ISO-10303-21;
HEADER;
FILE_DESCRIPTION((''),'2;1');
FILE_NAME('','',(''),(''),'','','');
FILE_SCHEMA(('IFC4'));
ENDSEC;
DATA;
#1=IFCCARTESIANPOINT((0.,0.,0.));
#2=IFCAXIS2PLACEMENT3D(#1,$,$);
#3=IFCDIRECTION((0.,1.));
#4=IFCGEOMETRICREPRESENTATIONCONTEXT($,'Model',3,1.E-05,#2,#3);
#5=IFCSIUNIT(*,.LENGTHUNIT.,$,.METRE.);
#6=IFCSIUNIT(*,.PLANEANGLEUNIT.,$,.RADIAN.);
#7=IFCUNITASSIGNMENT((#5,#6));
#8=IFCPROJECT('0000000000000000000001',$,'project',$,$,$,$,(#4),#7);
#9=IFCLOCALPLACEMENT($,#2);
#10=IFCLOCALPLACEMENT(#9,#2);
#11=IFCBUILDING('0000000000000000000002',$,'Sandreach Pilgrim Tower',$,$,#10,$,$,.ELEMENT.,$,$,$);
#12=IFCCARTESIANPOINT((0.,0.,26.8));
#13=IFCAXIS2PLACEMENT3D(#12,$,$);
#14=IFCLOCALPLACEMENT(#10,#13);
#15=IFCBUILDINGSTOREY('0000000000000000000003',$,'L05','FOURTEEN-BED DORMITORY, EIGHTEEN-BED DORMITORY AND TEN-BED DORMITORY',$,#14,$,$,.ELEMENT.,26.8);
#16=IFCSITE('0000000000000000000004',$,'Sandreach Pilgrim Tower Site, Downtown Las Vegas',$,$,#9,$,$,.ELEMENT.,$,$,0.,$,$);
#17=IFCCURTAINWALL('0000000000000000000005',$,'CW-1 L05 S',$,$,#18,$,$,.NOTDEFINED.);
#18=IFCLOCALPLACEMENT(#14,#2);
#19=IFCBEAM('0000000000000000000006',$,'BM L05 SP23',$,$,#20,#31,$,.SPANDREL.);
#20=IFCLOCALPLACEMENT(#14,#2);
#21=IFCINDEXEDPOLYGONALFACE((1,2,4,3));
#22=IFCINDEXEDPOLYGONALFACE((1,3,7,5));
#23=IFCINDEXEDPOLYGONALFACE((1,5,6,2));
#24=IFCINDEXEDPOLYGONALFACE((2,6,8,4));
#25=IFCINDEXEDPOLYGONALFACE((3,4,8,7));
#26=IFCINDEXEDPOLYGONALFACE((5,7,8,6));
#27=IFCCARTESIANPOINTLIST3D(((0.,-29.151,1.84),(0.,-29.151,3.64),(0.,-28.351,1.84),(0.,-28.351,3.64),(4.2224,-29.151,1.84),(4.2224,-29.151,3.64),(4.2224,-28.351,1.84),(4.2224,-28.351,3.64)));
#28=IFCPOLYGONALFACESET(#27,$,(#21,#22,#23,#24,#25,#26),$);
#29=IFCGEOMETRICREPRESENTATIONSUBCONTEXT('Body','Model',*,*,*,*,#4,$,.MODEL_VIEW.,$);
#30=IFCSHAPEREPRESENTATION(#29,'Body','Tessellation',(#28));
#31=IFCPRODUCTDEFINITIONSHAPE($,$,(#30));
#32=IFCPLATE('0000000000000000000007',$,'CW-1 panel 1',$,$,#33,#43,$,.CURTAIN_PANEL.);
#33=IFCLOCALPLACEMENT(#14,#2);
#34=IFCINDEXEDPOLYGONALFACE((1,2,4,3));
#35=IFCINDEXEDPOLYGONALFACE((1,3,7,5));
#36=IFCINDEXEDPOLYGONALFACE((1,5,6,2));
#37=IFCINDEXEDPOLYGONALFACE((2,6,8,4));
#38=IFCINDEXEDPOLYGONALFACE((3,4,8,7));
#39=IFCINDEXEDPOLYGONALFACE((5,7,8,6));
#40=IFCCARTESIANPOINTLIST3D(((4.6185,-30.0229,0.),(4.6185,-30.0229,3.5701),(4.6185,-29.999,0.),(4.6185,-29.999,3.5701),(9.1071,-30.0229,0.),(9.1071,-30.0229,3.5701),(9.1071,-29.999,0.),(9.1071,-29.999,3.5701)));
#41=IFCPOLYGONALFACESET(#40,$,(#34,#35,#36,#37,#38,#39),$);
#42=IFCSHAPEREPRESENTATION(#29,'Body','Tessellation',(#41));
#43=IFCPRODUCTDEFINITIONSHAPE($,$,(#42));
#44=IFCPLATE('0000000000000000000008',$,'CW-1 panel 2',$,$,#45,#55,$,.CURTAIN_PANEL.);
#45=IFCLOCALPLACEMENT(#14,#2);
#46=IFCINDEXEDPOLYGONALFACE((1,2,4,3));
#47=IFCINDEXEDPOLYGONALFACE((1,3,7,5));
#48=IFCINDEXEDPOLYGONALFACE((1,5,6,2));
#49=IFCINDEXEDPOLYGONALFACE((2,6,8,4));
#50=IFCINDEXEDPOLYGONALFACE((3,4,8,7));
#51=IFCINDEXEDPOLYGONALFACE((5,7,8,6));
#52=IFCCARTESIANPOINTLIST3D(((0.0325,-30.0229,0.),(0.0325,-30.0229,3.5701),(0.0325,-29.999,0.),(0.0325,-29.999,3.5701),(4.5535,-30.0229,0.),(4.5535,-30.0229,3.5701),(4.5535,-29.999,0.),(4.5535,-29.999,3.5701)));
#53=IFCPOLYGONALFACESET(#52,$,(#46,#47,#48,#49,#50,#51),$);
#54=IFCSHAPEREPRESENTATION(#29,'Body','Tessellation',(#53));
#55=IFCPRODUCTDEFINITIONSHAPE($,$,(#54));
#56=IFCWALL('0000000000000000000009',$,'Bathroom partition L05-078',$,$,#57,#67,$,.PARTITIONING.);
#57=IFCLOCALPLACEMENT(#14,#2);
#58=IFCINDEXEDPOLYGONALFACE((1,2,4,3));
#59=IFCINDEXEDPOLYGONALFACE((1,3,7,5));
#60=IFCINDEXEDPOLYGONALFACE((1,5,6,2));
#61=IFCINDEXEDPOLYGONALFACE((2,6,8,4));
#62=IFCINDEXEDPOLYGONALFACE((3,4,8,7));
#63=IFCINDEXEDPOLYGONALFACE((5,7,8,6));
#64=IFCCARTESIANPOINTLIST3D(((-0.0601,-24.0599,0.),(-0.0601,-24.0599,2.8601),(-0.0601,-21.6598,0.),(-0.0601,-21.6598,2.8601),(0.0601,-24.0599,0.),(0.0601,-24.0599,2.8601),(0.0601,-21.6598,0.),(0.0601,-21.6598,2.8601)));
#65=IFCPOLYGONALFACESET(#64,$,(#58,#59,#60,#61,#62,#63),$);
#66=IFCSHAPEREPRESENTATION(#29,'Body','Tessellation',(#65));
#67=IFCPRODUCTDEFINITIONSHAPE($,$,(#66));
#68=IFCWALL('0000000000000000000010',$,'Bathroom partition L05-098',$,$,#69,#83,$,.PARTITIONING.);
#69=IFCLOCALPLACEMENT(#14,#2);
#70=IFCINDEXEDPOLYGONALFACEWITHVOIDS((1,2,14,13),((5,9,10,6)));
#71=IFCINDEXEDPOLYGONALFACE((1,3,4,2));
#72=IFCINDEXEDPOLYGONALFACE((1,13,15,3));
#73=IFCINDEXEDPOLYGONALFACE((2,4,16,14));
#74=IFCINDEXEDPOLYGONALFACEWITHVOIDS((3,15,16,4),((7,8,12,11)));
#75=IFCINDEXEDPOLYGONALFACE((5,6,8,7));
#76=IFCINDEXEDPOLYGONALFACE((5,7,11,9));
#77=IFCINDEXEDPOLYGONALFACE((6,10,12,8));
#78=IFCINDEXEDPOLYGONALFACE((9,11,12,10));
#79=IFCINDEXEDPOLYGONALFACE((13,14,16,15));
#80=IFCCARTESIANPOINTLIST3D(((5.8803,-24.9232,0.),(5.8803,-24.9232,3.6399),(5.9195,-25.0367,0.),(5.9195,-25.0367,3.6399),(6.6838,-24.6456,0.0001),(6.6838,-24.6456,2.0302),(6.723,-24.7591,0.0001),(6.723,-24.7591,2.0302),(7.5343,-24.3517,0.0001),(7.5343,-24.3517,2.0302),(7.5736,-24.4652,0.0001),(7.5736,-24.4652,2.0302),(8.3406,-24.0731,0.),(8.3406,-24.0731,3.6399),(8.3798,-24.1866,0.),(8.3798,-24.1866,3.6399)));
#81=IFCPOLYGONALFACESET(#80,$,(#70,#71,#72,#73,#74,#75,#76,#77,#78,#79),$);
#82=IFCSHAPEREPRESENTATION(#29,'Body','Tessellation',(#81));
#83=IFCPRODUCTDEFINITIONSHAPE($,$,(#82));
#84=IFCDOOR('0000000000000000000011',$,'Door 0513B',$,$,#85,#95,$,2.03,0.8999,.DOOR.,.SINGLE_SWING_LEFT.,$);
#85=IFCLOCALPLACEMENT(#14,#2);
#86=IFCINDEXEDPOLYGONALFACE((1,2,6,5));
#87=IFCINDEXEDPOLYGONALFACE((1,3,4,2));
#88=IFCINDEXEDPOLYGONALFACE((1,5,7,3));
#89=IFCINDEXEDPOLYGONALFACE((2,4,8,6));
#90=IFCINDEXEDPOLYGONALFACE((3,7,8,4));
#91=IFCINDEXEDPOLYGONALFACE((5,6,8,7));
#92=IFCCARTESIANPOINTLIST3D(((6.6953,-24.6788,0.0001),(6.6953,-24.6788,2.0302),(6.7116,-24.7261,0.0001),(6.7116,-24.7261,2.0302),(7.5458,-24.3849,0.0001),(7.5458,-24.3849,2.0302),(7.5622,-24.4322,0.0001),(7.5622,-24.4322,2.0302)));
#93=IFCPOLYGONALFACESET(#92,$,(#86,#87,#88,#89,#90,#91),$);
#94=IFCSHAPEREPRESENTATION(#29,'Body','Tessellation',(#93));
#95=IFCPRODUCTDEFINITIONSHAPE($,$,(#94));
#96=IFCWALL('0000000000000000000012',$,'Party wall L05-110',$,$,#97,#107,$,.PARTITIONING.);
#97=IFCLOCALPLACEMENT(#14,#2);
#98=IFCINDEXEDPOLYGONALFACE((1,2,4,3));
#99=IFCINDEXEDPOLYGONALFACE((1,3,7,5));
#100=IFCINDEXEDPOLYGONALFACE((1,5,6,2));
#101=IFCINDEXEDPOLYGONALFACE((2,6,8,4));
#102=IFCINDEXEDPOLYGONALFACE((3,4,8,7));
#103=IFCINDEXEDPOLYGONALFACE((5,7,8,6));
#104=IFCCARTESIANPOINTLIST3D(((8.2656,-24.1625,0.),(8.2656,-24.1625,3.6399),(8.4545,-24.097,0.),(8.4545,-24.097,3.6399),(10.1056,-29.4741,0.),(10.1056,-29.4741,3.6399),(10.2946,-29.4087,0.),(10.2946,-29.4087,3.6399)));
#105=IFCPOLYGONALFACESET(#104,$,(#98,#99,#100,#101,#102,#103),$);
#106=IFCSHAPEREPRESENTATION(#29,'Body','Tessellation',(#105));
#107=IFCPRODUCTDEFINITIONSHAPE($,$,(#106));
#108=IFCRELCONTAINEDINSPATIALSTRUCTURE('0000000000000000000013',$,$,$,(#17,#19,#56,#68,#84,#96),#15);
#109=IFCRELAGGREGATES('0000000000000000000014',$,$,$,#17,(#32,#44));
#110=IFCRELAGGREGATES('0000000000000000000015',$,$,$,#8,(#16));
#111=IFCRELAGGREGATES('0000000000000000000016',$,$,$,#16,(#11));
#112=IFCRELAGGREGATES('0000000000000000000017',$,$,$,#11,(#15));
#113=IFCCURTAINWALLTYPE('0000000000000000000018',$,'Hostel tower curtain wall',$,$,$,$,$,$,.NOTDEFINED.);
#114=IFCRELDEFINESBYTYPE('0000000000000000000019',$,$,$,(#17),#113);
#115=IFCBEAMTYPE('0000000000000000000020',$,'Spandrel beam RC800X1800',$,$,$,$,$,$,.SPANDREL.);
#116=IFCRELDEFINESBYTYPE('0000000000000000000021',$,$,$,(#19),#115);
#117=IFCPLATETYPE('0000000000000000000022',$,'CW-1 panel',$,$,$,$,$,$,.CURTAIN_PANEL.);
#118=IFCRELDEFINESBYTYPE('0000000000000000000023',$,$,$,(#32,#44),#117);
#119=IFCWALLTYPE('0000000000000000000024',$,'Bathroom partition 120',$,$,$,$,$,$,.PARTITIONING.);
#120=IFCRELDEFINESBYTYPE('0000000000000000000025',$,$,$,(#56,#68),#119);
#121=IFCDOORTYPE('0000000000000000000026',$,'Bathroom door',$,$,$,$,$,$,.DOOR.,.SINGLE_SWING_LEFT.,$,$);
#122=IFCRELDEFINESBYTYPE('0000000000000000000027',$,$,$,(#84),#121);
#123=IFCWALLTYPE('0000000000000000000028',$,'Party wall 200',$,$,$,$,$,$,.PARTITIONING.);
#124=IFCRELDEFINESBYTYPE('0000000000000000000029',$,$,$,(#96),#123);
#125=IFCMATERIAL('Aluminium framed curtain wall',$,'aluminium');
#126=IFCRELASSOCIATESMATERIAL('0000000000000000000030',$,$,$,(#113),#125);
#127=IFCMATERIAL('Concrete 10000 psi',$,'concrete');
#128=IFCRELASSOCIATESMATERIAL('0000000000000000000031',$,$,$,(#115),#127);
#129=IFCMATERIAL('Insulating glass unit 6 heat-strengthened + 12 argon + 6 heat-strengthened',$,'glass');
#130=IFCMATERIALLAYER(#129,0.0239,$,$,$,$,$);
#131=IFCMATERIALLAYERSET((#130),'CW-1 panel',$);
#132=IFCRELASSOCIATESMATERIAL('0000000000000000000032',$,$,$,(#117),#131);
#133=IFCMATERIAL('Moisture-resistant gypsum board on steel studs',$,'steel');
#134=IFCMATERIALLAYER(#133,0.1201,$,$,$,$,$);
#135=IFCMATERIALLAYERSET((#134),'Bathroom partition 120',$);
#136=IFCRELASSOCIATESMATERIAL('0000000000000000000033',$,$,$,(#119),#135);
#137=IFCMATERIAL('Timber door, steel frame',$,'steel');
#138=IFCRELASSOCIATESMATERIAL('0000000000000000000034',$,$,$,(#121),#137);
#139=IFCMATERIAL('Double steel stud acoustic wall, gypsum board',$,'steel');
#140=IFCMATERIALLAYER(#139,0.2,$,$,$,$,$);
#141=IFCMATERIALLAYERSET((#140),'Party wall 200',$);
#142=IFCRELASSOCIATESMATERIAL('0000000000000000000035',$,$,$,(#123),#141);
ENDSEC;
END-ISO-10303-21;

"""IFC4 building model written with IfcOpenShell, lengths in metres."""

from ifc_helpers import new_model, si_unit, direction, frame, frame_2d, origin, origin_2d, place, context, subcontext, project, spatial, rectangle, extrude, material, layer, layer_set, material_profile, profile_set, type_object, element, fill, aggregate, save


model = new_model("IFC4")

# Units and contexts
model_context = context("Model", 3, precision=1e-05, world=origin(), true_north=direction((0.0, 1.0)))
body_context = subcontext(model_context, "Body", "Model", "MODEL_VIEW")
ifc_project = project(units=[si_unit("LENGTHUNIT", "METRE"), si_unit("PLANEANGLEUNIT", "RADIAN")], contexts=[model_context])

# Site, building, storey
site_placement = place(None, origin())
site = spatial("IfcSite", under=ifc_project, at=site_placement, Name="Sandreach Pilgrim Tower Site, Downtown Las Vegas", CompositionType="ELEMENT", RefElevation=0.0)
building_placement = place(site_placement, origin())
building = spatial("IfcBuilding", under=site, at=building_placement, Name="Sandreach Pilgrim Tower", CompositionType="ELEMENT")
storey_placement = place(building_placement, frame((0.0, 0.0, 26.8)))
storey = spatial("IfcBuildingStorey", under=building, at=storey_placement, Name="L05", Description="FOURTEEN-BED DORMITORY, EIGHTEEN-BED DORMITORY AND TEN-BED DORMITORY", CompositionType="ELEMENT", Elevation=26.8)

# Curtain wall
ifc_material_1 = material(Name="Aluminium framed curtain wall", Category="aluminium")
curtain_wall_type = type_object("IfcCurtainWallType", Name="Hostel tower curtain wall", PredefinedType="NOTDEFINED", material=ifc_material_1)
curtain_wall_placement = place(storey_placement, origin())
curtain_wall = element("IfcCurtainWall", 1, at=curtain_wall_placement, inside=storey, type_object=curtain_wall_type, Name="CW-1 L05 S", PredefinedType="NOTDEFINED")

# Beam
ifc_material_2 = material(Name="Concrete 10000 psi", Category="concrete")
ifc_material_profile_1 = material_profile(ifc_material_2, rectangle(XDim=0.8, YDim=1.8, at=origin_2d()), Name="RC800X1800")
ifc_profile_set_1 = profile_set([ifc_material_profile_1], Name="Concrete 10000 psi")
beam_type_1 = type_object("IfcBeamType", Name="Spandrel beam RC800X1800", PredefinedType="SPANDREL", material=ifc_profile_set_1)
beam_1_placement = place(storey_placement, frame((4.2224, -28.751, 2.74), z_axis=(-1.0, 0.0, 0.0), x_axis=(0.0, -1.0, 0.0)))
element("IfcBeam", 2, at=beam_1_placement, inside=storey, type_object=beam_type_1, Name="BM L05 SP23", PredefinedType="SPANDREL", context=body_context, shape_type="SweptSolid", body=[
    extrude(rectangle(XDim=0.8, YDim=1.8, at=origin_2d()), origin(), (0.0, 0.0, 1.0), 4.2224),
])

# Plates
ifc_material_3 = material(Name="Insulating glass unit 6 heat-strengthened + 12 argon + 6 heat-strengthened", Category="glass")
ifc_layer_1 = layer(ifc_material_3, 0.0239)
ifc_layer_set_1 = layer_set([ifc_layer_1], Name="CW-1 panel")
plate_type = type_object("IfcPlateType", Name="CW-1 panel", PredefinedType="CURTAIN_PANEL", material=ifc_layer_set_1)
plate_1_placement = place(storey_placement, frame((6.8628, -30.011, 0.0), z_axis=(0.0, 0.0, 1.0), x_axis=(-1.0, 0.0, 0.0)))
plate_1 = element("IfcPlate", 3, at=plate_1_placement, type_object=plate_type, Name="CW-1 panel 1", PredefinedType="CURTAIN_PANEL", context=body_context, shape_type="SweptSolid", body=[
    extrude(rectangle(XDim=4.4885, YDim=0.0239, at=origin_2d()), origin(), (0.0, 0.0, 1.0), 3.5701),
])
plate_2_placement = place(storey_placement, frame((2.293, -30.011, 0.0), z_axis=(0.0, 0.0, 1.0), x_axis=(-1.0, 0.0, 0.0)))
plate_2 = element("IfcPlate", 4, at=plate_2_placement, type_object=plate_type, Name="CW-1 panel 2", PredefinedType="CURTAIN_PANEL", context=body_context, shape_type="SweptSolid", body=[
    extrude(rectangle(XDim=4.521, YDim=0.0239, at=origin_2d()), origin(), (0.0, 0.0, 1.0), 3.5701),
])
aggregate(curtain_wall, [plate_1, plate_2])

# Wall
ifc_material_4 = material(Name="Moisture-resistant gypsum board on steel studs", Category="steel")
ifc_layer_2 = layer(ifc_material_4, 0.1201)
ifc_layer_set_2 = layer_set([ifc_layer_2], Name="Bathroom partition 120")
wall_type_1 = type_object("IfcWallType", Name="Bathroom partition 120", PredefinedType="PARTITIONING", material=ifc_layer_set_2)
wall_1_placement = place(storey_placement, frame((0.0, -24.0601, 0.0), z_axis=(0.0, 0.0, 1.0), x_axis=(0.0, 1.0, 0.0)))
element("IfcWall", 5, at=wall_1_placement, inside=storey, type_object=wall_type_1, Name="Bathroom partition L05-078", PredefinedType="PARTITIONING", context=body_context, shape_type="SweptSolid", body=[
    extrude(rectangle(XDim=2.4001, YDim=0.1201, at=frame_2d((1.2002, 0.0))), origin(), (0.0, 0.0, 1.0), 2.8601),
])

# Wall, opening, door
wall_2_placement = place(storey_placement, frame((5.8999, -24.98, 0.0), z_axis=(0.0, 0.0, 1.0), x_axis=(0.945165, 0.326592, 0.0)))
wall_2 = element("IfcWall", 6, at=wall_2_placement, inside=storey, type_object=wall_type_1, Name="Bathroom partition L05-098", PredefinedType="PARTITIONING", context=body_context, shape_type="SweptSolid", body=[
    extrude(rectangle(XDim=2.603, YDim=0.1201, at=frame_2d((1.3015, 0.0))), origin(), (0.0, 0.0, 1.0), 3.6399),
])
opening_placement = place(wall_2_placement, frame((0.8501, 0.0, 0.0)))
opening = element("IfcOpeningElement", 7, at=opening_placement, cuts=wall_2, PredefinedType="OPENING", context=body_context, shape_type="SweptSolid", body=[
    extrude(rectangle(XDim=0.8999, YDim=2.03, at=frame_2d((0.45, 1.0151))), frame((0.0, 0.0601, 0.0), z_axis=(0.0, -1.0, 0.0), x_axis=(1.0, 0.0, 0.0)), (0.0, 0.0, 1.0), 0.1201),
])
ifc_material_5 = material(Name="Timber door, steel frame", Category="steel")
door_type = type_object("IfcDoorType", Name="Bathroom door", OperationType="SINGLE_SWING_LEFT", PredefinedType="DOOR", material=ifc_material_5)
door_placement = place(opening_placement, origin())
door = element("IfcDoor", 8, at=door_placement, inside=storey, type_object=door_type, Name="Door 0513B", OperationType="SINGLE_SWING_LEFT", OverallHeight=2.03, OverallWidth=0.8999, PredefinedType="DOOR", context=body_context, shape_type="SweptSolid", body=[
    extrude(rectangle(XDim=0.8999, YDim=2.03, at=frame_2d((0.45, 1.0151))), frame((0.0, 0.0249, 0.0), z_axis=(0.0, -1.0, 0.0), x_axis=(1.0, 0.0, 0.0)), (0.0, 0.0, 1.0), 0.05),
])
fill(opening, door)

# Wall
ifc_material_6 = material(Name="Double steel stud acoustic wall, gypsum board", Category="steel")
ifc_layer_3 = layer(ifc_material_6, 0.2)
ifc_layer_set_3 = layer_set([ifc_layer_3], Name="Party wall 200")
wall_type_2 = type_object("IfcWallType", Name="Party wall 200", PredefinedType="PARTITIONING", material=ifc_layer_set_3)
wall_3_placement = place(storey_placement, frame((8.3601, -24.1299, 0.0), z_axis=(0.0, 0.0, 1.0), x_axis=(0.327333, -0.944909, 0.0)))
element("IfcWall", 9, at=wall_3_placement, inside=storey, type_object=wall_type_2, Name="Party wall L05-110", PredefinedType="PARTITIONING", context=body_context, shape_type="SweptSolid", body=[
    extrude(rectangle(XDim=5.6213, YDim=0.2, at=frame_2d((2.8105, 0.0))), origin(), (0.0, 0.0, 1.0), 3.6399),
])

save(model, "model.ifc")
